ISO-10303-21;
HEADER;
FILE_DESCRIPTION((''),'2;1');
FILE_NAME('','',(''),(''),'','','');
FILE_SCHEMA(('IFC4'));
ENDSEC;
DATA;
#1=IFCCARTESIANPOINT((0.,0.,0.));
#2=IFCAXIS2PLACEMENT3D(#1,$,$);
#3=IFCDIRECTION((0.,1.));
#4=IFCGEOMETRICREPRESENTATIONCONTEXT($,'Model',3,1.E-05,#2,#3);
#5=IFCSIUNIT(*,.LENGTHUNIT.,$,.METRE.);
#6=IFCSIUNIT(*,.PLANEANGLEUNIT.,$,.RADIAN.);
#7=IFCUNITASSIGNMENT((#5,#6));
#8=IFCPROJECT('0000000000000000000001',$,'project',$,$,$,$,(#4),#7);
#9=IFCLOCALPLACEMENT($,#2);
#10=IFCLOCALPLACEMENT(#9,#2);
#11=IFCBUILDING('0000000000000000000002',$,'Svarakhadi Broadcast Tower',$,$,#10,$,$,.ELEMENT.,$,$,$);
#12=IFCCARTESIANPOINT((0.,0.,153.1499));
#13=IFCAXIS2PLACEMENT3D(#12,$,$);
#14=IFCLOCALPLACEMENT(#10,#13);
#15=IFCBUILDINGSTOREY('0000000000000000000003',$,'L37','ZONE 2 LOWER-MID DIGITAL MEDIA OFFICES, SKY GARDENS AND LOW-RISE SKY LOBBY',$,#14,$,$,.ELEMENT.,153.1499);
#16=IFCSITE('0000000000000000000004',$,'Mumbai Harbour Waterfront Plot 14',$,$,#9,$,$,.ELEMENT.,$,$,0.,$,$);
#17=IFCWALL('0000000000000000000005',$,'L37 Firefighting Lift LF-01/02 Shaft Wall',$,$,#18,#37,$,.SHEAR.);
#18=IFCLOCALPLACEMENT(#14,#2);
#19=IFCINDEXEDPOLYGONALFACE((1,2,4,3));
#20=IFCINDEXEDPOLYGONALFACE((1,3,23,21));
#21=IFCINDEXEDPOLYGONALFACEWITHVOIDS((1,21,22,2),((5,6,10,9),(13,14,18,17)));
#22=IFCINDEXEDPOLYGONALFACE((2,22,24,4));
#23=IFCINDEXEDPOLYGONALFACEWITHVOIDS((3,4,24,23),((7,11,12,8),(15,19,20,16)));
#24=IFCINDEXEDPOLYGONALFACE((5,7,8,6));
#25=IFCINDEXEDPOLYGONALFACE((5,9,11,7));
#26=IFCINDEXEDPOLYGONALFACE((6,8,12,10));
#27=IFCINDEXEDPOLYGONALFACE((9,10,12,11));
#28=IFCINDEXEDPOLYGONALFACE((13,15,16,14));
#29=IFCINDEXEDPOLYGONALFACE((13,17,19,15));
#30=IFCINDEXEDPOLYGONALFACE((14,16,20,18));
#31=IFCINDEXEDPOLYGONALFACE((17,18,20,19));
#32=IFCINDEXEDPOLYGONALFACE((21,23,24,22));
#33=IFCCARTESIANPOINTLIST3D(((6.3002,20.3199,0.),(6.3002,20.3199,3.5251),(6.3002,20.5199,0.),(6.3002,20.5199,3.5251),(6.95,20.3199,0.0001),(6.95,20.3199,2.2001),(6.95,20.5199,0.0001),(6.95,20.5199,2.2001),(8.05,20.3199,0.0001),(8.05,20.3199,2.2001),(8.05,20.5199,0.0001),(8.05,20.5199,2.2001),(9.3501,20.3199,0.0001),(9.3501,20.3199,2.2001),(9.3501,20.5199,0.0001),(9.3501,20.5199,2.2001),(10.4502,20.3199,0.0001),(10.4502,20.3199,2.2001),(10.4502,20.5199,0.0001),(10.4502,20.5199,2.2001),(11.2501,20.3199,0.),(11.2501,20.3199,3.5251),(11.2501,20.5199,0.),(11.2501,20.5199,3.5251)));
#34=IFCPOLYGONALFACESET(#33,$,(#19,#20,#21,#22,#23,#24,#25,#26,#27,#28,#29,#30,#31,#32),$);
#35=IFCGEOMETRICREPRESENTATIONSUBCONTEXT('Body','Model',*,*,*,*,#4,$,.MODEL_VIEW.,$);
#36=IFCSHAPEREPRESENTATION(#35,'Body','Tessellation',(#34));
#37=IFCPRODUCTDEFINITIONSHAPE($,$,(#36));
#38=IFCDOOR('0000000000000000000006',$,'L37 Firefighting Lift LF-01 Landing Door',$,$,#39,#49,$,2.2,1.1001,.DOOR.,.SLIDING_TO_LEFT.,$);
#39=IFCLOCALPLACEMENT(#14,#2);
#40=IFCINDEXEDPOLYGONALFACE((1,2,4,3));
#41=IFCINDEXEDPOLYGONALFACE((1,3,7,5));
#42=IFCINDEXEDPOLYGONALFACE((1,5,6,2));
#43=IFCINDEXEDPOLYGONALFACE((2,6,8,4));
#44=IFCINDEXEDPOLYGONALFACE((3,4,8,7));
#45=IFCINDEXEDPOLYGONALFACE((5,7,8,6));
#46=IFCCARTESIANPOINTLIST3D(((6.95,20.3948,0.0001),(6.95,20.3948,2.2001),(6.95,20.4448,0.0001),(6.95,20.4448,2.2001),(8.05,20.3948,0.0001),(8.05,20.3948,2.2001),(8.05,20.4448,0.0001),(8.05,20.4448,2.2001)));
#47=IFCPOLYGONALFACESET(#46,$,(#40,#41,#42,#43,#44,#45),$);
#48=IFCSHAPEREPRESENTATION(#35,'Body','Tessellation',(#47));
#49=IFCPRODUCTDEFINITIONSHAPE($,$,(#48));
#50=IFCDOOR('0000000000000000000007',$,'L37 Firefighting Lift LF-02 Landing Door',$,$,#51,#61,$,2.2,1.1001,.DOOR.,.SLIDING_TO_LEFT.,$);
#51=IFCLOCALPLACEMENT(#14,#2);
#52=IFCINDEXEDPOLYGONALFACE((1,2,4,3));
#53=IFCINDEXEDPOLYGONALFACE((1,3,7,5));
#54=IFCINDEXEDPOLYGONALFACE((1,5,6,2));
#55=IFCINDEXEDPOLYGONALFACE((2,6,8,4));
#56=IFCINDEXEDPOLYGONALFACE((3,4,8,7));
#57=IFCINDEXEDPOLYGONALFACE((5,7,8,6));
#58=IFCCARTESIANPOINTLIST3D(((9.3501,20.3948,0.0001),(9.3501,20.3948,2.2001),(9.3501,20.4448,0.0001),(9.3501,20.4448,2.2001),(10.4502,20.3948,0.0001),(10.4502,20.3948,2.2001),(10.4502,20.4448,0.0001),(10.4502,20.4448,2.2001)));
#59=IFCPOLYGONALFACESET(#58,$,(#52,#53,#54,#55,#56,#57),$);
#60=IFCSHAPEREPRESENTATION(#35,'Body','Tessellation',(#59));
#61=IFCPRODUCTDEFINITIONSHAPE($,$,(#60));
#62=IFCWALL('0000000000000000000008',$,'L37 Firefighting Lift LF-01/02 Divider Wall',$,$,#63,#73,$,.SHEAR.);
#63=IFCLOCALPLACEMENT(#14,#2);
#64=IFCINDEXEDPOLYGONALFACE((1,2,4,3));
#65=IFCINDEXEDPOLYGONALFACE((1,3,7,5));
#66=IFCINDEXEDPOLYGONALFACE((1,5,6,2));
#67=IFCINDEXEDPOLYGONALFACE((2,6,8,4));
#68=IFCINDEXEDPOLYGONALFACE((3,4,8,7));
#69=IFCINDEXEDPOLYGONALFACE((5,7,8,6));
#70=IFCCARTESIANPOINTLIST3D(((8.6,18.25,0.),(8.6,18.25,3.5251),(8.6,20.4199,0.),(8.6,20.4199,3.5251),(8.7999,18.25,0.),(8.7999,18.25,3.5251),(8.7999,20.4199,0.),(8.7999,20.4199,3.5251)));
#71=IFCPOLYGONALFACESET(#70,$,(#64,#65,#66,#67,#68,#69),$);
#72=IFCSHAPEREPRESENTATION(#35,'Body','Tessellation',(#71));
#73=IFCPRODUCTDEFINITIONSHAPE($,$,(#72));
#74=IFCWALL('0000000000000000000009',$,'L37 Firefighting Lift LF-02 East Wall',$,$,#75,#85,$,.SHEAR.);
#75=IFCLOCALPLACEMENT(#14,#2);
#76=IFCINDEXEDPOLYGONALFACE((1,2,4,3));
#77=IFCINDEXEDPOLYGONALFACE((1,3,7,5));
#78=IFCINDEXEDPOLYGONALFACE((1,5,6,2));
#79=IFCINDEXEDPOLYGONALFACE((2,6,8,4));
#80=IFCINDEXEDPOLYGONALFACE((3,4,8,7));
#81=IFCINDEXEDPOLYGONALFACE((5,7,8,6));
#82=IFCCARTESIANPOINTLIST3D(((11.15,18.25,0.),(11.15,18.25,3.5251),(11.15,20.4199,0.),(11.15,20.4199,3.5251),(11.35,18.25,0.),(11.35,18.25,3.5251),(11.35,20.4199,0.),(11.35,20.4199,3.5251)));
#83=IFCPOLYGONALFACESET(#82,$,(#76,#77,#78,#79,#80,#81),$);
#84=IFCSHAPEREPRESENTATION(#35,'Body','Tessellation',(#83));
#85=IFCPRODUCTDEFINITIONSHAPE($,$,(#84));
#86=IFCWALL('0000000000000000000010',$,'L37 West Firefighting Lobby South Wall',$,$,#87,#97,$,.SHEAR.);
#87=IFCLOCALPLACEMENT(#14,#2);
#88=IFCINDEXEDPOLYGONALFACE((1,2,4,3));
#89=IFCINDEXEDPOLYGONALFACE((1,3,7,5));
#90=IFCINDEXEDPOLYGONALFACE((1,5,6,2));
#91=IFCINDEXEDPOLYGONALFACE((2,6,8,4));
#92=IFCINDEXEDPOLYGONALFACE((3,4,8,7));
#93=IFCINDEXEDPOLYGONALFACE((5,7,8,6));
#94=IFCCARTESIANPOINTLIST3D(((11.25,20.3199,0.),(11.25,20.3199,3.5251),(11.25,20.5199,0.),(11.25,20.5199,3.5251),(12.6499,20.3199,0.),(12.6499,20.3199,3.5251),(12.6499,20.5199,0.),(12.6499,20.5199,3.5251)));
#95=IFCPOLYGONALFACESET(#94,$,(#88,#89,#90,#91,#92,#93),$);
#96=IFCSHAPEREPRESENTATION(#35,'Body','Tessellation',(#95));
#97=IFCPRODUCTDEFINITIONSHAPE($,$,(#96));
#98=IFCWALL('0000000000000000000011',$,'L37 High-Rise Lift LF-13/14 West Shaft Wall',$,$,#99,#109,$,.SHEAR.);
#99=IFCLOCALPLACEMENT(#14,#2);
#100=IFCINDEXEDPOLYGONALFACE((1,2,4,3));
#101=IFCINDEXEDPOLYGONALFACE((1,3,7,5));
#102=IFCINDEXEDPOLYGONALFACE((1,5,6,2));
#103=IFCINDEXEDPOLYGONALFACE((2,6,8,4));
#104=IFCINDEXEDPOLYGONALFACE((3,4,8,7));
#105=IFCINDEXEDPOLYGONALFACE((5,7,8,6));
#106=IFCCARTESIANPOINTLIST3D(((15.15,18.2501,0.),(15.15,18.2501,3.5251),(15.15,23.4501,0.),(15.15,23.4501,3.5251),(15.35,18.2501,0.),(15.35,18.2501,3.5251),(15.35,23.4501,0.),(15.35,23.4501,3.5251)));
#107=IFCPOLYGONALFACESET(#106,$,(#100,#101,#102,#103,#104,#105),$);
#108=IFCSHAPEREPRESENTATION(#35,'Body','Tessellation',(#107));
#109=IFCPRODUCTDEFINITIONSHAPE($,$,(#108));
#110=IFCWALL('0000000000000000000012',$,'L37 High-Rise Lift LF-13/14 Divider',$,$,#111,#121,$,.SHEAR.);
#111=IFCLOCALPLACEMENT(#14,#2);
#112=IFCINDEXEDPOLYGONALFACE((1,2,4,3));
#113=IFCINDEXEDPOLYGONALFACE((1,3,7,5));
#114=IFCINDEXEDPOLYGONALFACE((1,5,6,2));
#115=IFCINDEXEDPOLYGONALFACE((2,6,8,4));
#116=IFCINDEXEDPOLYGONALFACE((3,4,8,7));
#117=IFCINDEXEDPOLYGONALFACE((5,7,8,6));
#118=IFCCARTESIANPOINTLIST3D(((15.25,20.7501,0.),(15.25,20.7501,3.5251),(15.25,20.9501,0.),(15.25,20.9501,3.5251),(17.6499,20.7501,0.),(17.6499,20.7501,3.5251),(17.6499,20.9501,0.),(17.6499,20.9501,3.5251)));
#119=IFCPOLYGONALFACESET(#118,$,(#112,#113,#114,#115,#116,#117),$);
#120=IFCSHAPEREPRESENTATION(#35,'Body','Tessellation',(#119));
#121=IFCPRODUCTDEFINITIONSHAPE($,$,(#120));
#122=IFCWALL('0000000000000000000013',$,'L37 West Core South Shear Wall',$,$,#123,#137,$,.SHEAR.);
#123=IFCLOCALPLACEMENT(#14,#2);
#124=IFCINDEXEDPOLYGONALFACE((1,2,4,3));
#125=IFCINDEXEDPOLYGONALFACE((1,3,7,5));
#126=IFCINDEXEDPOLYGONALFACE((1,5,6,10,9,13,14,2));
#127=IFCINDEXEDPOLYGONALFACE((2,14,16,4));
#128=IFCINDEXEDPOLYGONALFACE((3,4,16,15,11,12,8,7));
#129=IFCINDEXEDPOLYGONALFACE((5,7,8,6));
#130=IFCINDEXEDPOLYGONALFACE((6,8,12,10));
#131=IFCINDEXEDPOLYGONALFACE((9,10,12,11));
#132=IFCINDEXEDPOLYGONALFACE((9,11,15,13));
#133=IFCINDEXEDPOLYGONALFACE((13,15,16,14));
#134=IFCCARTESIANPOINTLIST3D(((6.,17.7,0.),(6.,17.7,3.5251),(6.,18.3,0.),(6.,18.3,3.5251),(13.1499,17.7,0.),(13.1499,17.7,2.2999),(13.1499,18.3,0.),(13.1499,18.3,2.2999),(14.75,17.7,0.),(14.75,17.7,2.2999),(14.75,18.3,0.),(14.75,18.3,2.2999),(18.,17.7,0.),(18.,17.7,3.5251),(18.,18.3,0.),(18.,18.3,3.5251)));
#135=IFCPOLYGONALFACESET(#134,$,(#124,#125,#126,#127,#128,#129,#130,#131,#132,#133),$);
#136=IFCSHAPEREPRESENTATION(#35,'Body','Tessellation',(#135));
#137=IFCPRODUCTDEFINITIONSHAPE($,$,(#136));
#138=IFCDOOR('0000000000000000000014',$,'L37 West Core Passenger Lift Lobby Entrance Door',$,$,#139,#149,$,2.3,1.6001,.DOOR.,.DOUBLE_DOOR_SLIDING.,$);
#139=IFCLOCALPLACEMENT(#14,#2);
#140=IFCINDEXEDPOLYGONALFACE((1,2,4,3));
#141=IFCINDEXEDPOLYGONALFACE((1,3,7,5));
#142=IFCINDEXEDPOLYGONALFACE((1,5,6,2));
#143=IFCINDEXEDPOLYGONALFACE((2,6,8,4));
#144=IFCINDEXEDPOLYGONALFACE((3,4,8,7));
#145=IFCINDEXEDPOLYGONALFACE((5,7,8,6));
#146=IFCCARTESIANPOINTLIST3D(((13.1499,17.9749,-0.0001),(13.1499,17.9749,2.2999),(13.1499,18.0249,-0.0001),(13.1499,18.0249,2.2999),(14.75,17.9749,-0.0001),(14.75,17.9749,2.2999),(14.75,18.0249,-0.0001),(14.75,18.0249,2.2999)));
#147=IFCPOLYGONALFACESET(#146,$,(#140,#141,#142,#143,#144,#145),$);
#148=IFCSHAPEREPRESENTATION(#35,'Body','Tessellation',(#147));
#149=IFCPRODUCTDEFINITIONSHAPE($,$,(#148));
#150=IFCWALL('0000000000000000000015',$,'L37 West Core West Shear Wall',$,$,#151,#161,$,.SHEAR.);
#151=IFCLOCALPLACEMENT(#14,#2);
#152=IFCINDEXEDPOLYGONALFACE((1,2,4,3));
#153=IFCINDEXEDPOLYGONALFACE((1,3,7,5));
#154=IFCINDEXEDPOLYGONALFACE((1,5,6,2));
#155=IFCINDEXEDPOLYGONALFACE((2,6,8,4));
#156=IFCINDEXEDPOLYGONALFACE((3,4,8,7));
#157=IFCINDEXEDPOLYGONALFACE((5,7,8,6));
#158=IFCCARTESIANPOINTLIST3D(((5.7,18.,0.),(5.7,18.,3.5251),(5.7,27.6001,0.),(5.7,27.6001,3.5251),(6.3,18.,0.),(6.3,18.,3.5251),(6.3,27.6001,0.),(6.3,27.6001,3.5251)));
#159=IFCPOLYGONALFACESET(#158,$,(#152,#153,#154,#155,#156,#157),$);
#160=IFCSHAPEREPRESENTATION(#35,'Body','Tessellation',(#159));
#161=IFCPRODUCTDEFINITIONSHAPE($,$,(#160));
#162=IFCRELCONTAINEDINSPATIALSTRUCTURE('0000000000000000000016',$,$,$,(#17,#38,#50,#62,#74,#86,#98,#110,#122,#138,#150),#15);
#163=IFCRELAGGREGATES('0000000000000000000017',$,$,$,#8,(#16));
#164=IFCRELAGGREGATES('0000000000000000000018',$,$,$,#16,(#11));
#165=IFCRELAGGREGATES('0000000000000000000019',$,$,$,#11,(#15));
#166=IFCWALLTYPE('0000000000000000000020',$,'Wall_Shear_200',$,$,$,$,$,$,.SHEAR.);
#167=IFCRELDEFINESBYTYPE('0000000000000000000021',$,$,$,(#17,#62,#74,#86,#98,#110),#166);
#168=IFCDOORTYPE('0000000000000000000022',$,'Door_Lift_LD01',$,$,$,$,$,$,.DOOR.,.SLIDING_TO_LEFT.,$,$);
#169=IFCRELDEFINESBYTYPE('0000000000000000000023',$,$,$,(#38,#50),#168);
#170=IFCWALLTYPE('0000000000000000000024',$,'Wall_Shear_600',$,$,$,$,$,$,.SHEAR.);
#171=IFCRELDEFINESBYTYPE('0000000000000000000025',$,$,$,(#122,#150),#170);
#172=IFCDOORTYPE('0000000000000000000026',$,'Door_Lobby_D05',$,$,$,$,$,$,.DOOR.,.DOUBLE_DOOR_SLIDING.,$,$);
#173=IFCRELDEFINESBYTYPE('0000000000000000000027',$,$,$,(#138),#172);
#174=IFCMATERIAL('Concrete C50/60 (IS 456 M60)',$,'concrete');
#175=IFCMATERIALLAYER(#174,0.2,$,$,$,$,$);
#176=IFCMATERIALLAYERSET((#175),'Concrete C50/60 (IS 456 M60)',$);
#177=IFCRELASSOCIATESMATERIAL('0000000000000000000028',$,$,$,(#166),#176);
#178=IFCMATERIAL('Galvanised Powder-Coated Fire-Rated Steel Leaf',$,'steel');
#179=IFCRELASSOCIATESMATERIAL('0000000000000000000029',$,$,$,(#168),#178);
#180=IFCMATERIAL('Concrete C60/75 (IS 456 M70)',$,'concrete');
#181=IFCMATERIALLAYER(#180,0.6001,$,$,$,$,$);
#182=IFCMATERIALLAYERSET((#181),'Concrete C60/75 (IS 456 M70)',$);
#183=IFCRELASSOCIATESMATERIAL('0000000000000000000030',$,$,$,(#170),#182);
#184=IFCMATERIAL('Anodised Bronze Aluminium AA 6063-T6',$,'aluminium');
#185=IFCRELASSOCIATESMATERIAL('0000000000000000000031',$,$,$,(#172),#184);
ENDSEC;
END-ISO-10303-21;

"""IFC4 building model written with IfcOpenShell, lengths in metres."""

from ifc_helpers import new_model, si_unit, direction, frame, frame_2d, origin, place, context, subcontext, project, spatial, rectangle, extrude, material, layer, layer_set, type_object, element, fill, save


model = new_model("IFC4")

# Units and contexts
model_context = context("Model", 3, precision=1e-05, world=origin(), true_north=direction((0.0, 1.0)))
body_context = subcontext(model_context, "Body", "Model", "MODEL_VIEW")
ifc_project = project(units=[si_unit("LENGTHUNIT", "METRE"), si_unit("PLANEANGLEUNIT", "RADIAN")], contexts=[model_context])

# Site, building, storey
site_placement = place(None, origin())
site = spatial("IfcSite", under=ifc_project, at=site_placement, Name="Mumbai Harbour Waterfront Plot 14", CompositionType="ELEMENT", RefElevation=0.0)
building_placement = place(site_placement, origin())
building = spatial("IfcBuilding", under=site, at=building_placement, Name="Svarakhadi Broadcast Tower", CompositionType="ELEMENT")
storey_placement = place(building_placement, frame((0.0, 0.0, 153.1499)))
storey = spatial("IfcBuildingStorey", under=building, at=storey_placement, Name="L37", Description="ZONE 2 LOWER-MID DIGITAL MEDIA OFFICES, SKY GARDENS AND LOW-RISE SKY LOBBY", CompositionType="ELEMENT", Elevation=153.1499)

# Shared definitions
ifc_material_1 = material(Name="Concrete C50/60 (IS 456 M60)", Category="concrete")

# Wall, openings, doors
ifc_layer_1 = layer(ifc_material_1, 0.2)
ifc_layer_set_1 = layer_set([ifc_layer_1], Name="Concrete C50/60 (IS 456 M60)")
wall_type_1 = type_object("IfcWallType", Name="Wall_Shear_200", PredefinedType="SHEAR", material=ifc_layer_set_1)
wall_1_placement = place(storey_placement, frame((6.3, 20.4199, 0.0), z_axis=(0.0, 0.0, 1.0), x_axis=(1.0, 0.0, 0.0)))
wall_1 = element("IfcWall", 1, at=wall_1_placement, inside=storey, type_object=wall_type_1, Name="L37 Firefighting Lift LF-01/02 Shaft Wall", PredefinedType="SHEAR", context=body_context, shape_type="SweptSolid", body=[
    extrude(rectangle(XDim=4.95, YDim=0.2, at=frame_2d((2.4751, 0.0))), origin(), (0.0, 0.0, 1.0), 3.5251),
])
opening_1_placement = place(wall_1_placement, frame((0.6499, 0.0, 0.0)))
opening_1 = element("IfcOpeningElement", 2, at=opening_1_placement, cuts=wall_1, PredefinedType="OPENING", context=body_context, shape_type="SweptSolid", body=[
    extrude(rectangle(XDim=1.1001, YDim=2.2, at=frame_2d((0.55, 1.1001))), frame((0.0, 0.1099, 0.0), z_axis=(0.0, -1.0, 0.0), x_axis=(1.0, 0.0, 0.0)), (0.0, 0.0, 1.0), 0.22),
])
opening_2_placement = place(wall_1_placement, frame((3.05, 0.0, 0.0)))
opening_2 = element("IfcOpeningElement", 3, at=opening_2_placement, cuts=wall_1, PredefinedType="OPENING", context=body_context, shape_type="SweptSolid", body=[
    extrude(rectangle(XDim=1.1001, YDim=2.2, at=frame_2d((0.55, 1.1001))), frame((0.0, 0.1099, 0.0), z_axis=(0.0, -1.0, 0.0), x_axis=(1.0, 0.0, 0.0)), (0.0, 0.0, 1.0), 0.22),
])
ifc_material_2 = material(Name="Galvanised Powder-Coated Fire-Rated Steel Leaf", Category="steel")
door_type_1 = type_object("IfcDoorType", Name="Door_Lift_LD01", OperationType="SLIDING_TO_LEFT", PredefinedType="DOOR", material=ifc_material_2)
door_1_placement = place(opening_1_placement, origin())
door_1 = element("IfcDoor", 4, at=door_1_placement, inside=storey, type_object=door_type_1, Name="L37 Firefighting Lift LF-01 Landing Door", OperationType="SLIDING_TO_LEFT", OverallHeight=2.2, OverallWidth=1.1001, PredefinedType="DOOR", context=body_context, shape_type="SweptSolid", body=[
    extrude(rectangle(XDim=1.1001, YDim=2.2, at=frame_2d((0.55, 1.1001))), frame((0.0, 0.0249, 0.0), z_axis=(0.0, -1.0, 0.0), x_axis=(1.0, 0.0, 0.0)), (0.0, 0.0, 1.0), 0.05),
])
fill(opening_1, door_1)
door_2_placement = place(opening_2_placement, origin())
door_2 = element("IfcDoor", 5, at=door_2_placement, inside=storey, type_object=door_type_1, Name="L37 Firefighting Lift LF-02 Landing Door", OperationType="SLIDING_TO_LEFT", OverallHeight=2.2, OverallWidth=1.1001, PredefinedType="DOOR", context=body_context, shape_type="SweptSolid", body=[
    extrude(rectangle(XDim=1.1001, YDim=2.2, at=frame_2d((0.55, 1.1001))), frame((0.0, 0.0249, 0.0), z_axis=(0.0, -1.0, 0.0), x_axis=(1.0, 0.0, 0.0)), (0.0, 0.0, 1.0), 0.05),
])
fill(opening_2, door_2)

# Walls
for number, where, z_axis, x_axis, name in (
    (6, (8.7, 18.25, 0.0), (0.0, 0.0, 1.0), (0.0, 1.0, 0.0), "L37 Firefighting Lift LF-01/02 Divider Wall"),
    (7, (11.25, 18.25, 0.0), (0.0, 0.0, 1.0), (0.0, 1.0, 0.0), "L37 Firefighting Lift LF-02 East Wall"),
):
    element("IfcWall", number, at=place(storey_placement, frame(where, z_axis=z_axis, x_axis=x_axis)), inside=storey, type_object=wall_type_1, Name=name, PredefinedType="SHEAR", context=body_context, shape_type="SweptSolid", body=[
        extrude(rectangle(XDim=2.1699, YDim=0.2, at=frame_2d((1.085, 0.0))), origin(), (0.0, 0.0, 1.0), 3.5251),
    ])
wall_2_placement = place(storey_placement, frame((11.25, 20.4199, 0.0), z_axis=(0.0, 0.0, 1.0), x_axis=(1.0, 0.0, 0.0)))
element("IfcWall", 8, at=wall_2_placement, inside=storey, type_object=wall_type_1, Name="L37 West Firefighting Lobby South Wall", PredefinedType="SHEAR", context=body_context, shape_type="SweptSolid", body=[
    extrude(rectangle(XDim=1.3999, YDim=0.2, at=frame_2d((0.7, 0.0))), origin(), (0.0, 0.0, 1.0), 3.5251),
])

# Walls
wall_3_placement = place(storey_placement, frame((15.25, 18.25, 0.0), z_axis=(0.0, 0.0, 1.0), x_axis=(0.0, 1.0, 0.0)))
element("IfcWall", 9, at=wall_3_placement, inside=storey, type_object=wall_type_1, Name="L37 High-Rise Lift LF-13/14 West Shaft Wall", PredefinedType="SHEAR", context=body_context, shape_type="SweptSolid", body=[
    extrude(rectangle(XDim=5.2, YDim=0.2, at=frame_2d((2.6001, 0.0))), origin(), (0.0, 0.0, 1.0), 3.5251),
])
wall_4_placement = place(storey_placement, frame((15.25, 20.8501, 0.0), z_axis=(0.0, 0.0, 1.0), x_axis=(1.0, 0.0, 0.0)))
element("IfcWall", 10, at=wall_4_placement, inside=storey, type_object=wall_type_1, Name="L37 High-Rise Lift LF-13/14 Divider", PredefinedType="SHEAR", context=body_context, shape_type="SweptSolid", body=[
    extrude(rectangle(XDim=2.3999, YDim=0.2, at=frame_2d((1.2, 0.0))), origin(), (0.0, 0.0, 1.0), 3.5251),
])

# Wall, opening, door
ifc_material_3 = material(Name="Concrete C60/75 (IS 456 M70)", Category="concrete")
ifc_layer_2 = layer(ifc_material_3, 0.6001)
ifc_layer_set_2 = layer_set([ifc_layer_2], Name="Concrete C60/75 (IS 456 M70)")
wall_type_2 = type_object("IfcWallType", Name="Wall_Shear_600", PredefinedType="SHEAR", material=ifc_layer_set_2)
wall_5_placement = place(storey_placement, frame((6.0, 18.0, 0.0), z_axis=(0.0, 0.0, 1.0), x_axis=(1.0, 0.0, 0.0)))
wall_5 = element("IfcWall", 11, at=wall_5_placement, inside=storey, type_object=wall_type_2, Name="L37 West Core South Shear Wall", PredefinedType="SHEAR", context=body_context, shape_type="SweptSolid", body=[
    extrude(rectangle(XDim=12.0, YDim=0.6001, at=frame_2d((6.0, 0.0))), origin(), (0.0, 0.0, 1.0), 3.5251),
])
opening_3_placement = place(wall_5_placement, frame((7.1499, 0.0, 0.0)))
opening_3 = element("IfcOpeningElement", 12, at=opening_3_placement, cuts=wall_5, PredefinedType="OPENING", context=body_context, shape_type="SweptSolid", body=[
    extrude(rectangle(XDim=1.6001, YDim=2.3, at=frame_2d((0.8, 1.1499))), frame((0.0, 0.3101, 0.0), z_axis=(0.0, -1.0, 0.0), x_axis=(1.0, 0.0, 0.0)), (0.0, 0.0, 1.0), 0.6201),
])
ifc_material_4 = material(Name="Anodised Bronze Aluminium AA 6063-T6", Category="aluminium")
door_type_2 = type_object("IfcDoorType", Name="Door_Lobby_D05", OperationType="DOUBLE_DOOR_SLIDING", PredefinedType="DOOR", material=ifc_material_4)
door_3_placement = place(opening_3_placement, origin())
door_3 = element("IfcDoor", 13, at=door_3_placement, inside=storey, type_object=door_type_2, Name="L37 West Core Passenger Lift Lobby Entrance Door", OperationType="DOUBLE_DOOR_SLIDING", OverallHeight=2.3, OverallWidth=1.6001, PredefinedType="DOOR", context=body_context, shape_type="SweptSolid", body=[
    extrude(rectangle(XDim=1.6001, YDim=2.3, at=frame_2d((0.8, 1.1499))), frame((0.0, 0.0249, 0.0), z_axis=(0.0, -1.0, 0.0), x_axis=(1.0, 0.0, 0.0)), (0.0, 0.0, 1.0), 0.05),
])
fill(opening_3, door_3)

# Wall
wall_6_placement = place(storey_placement, frame((6.0, 18.0, 0.0), z_axis=(0.0, 0.0, 1.0), x_axis=(0.0, 1.0, 0.0)))
element("IfcWall", 14, at=wall_6_placement, inside=storey, type_object=wall_type_2, Name="L37 West Core West Shear Wall", PredefinedType="SHEAR", context=body_context, shape_type="SweptSolid", body=[
    extrude(rectangle(XDim=9.6001, YDim=0.6001, at=frame_2d((4.8, 0.0))), origin(), (0.0, 0.0, 1.0), 3.5251),
])

save(model, "model.ifc")
